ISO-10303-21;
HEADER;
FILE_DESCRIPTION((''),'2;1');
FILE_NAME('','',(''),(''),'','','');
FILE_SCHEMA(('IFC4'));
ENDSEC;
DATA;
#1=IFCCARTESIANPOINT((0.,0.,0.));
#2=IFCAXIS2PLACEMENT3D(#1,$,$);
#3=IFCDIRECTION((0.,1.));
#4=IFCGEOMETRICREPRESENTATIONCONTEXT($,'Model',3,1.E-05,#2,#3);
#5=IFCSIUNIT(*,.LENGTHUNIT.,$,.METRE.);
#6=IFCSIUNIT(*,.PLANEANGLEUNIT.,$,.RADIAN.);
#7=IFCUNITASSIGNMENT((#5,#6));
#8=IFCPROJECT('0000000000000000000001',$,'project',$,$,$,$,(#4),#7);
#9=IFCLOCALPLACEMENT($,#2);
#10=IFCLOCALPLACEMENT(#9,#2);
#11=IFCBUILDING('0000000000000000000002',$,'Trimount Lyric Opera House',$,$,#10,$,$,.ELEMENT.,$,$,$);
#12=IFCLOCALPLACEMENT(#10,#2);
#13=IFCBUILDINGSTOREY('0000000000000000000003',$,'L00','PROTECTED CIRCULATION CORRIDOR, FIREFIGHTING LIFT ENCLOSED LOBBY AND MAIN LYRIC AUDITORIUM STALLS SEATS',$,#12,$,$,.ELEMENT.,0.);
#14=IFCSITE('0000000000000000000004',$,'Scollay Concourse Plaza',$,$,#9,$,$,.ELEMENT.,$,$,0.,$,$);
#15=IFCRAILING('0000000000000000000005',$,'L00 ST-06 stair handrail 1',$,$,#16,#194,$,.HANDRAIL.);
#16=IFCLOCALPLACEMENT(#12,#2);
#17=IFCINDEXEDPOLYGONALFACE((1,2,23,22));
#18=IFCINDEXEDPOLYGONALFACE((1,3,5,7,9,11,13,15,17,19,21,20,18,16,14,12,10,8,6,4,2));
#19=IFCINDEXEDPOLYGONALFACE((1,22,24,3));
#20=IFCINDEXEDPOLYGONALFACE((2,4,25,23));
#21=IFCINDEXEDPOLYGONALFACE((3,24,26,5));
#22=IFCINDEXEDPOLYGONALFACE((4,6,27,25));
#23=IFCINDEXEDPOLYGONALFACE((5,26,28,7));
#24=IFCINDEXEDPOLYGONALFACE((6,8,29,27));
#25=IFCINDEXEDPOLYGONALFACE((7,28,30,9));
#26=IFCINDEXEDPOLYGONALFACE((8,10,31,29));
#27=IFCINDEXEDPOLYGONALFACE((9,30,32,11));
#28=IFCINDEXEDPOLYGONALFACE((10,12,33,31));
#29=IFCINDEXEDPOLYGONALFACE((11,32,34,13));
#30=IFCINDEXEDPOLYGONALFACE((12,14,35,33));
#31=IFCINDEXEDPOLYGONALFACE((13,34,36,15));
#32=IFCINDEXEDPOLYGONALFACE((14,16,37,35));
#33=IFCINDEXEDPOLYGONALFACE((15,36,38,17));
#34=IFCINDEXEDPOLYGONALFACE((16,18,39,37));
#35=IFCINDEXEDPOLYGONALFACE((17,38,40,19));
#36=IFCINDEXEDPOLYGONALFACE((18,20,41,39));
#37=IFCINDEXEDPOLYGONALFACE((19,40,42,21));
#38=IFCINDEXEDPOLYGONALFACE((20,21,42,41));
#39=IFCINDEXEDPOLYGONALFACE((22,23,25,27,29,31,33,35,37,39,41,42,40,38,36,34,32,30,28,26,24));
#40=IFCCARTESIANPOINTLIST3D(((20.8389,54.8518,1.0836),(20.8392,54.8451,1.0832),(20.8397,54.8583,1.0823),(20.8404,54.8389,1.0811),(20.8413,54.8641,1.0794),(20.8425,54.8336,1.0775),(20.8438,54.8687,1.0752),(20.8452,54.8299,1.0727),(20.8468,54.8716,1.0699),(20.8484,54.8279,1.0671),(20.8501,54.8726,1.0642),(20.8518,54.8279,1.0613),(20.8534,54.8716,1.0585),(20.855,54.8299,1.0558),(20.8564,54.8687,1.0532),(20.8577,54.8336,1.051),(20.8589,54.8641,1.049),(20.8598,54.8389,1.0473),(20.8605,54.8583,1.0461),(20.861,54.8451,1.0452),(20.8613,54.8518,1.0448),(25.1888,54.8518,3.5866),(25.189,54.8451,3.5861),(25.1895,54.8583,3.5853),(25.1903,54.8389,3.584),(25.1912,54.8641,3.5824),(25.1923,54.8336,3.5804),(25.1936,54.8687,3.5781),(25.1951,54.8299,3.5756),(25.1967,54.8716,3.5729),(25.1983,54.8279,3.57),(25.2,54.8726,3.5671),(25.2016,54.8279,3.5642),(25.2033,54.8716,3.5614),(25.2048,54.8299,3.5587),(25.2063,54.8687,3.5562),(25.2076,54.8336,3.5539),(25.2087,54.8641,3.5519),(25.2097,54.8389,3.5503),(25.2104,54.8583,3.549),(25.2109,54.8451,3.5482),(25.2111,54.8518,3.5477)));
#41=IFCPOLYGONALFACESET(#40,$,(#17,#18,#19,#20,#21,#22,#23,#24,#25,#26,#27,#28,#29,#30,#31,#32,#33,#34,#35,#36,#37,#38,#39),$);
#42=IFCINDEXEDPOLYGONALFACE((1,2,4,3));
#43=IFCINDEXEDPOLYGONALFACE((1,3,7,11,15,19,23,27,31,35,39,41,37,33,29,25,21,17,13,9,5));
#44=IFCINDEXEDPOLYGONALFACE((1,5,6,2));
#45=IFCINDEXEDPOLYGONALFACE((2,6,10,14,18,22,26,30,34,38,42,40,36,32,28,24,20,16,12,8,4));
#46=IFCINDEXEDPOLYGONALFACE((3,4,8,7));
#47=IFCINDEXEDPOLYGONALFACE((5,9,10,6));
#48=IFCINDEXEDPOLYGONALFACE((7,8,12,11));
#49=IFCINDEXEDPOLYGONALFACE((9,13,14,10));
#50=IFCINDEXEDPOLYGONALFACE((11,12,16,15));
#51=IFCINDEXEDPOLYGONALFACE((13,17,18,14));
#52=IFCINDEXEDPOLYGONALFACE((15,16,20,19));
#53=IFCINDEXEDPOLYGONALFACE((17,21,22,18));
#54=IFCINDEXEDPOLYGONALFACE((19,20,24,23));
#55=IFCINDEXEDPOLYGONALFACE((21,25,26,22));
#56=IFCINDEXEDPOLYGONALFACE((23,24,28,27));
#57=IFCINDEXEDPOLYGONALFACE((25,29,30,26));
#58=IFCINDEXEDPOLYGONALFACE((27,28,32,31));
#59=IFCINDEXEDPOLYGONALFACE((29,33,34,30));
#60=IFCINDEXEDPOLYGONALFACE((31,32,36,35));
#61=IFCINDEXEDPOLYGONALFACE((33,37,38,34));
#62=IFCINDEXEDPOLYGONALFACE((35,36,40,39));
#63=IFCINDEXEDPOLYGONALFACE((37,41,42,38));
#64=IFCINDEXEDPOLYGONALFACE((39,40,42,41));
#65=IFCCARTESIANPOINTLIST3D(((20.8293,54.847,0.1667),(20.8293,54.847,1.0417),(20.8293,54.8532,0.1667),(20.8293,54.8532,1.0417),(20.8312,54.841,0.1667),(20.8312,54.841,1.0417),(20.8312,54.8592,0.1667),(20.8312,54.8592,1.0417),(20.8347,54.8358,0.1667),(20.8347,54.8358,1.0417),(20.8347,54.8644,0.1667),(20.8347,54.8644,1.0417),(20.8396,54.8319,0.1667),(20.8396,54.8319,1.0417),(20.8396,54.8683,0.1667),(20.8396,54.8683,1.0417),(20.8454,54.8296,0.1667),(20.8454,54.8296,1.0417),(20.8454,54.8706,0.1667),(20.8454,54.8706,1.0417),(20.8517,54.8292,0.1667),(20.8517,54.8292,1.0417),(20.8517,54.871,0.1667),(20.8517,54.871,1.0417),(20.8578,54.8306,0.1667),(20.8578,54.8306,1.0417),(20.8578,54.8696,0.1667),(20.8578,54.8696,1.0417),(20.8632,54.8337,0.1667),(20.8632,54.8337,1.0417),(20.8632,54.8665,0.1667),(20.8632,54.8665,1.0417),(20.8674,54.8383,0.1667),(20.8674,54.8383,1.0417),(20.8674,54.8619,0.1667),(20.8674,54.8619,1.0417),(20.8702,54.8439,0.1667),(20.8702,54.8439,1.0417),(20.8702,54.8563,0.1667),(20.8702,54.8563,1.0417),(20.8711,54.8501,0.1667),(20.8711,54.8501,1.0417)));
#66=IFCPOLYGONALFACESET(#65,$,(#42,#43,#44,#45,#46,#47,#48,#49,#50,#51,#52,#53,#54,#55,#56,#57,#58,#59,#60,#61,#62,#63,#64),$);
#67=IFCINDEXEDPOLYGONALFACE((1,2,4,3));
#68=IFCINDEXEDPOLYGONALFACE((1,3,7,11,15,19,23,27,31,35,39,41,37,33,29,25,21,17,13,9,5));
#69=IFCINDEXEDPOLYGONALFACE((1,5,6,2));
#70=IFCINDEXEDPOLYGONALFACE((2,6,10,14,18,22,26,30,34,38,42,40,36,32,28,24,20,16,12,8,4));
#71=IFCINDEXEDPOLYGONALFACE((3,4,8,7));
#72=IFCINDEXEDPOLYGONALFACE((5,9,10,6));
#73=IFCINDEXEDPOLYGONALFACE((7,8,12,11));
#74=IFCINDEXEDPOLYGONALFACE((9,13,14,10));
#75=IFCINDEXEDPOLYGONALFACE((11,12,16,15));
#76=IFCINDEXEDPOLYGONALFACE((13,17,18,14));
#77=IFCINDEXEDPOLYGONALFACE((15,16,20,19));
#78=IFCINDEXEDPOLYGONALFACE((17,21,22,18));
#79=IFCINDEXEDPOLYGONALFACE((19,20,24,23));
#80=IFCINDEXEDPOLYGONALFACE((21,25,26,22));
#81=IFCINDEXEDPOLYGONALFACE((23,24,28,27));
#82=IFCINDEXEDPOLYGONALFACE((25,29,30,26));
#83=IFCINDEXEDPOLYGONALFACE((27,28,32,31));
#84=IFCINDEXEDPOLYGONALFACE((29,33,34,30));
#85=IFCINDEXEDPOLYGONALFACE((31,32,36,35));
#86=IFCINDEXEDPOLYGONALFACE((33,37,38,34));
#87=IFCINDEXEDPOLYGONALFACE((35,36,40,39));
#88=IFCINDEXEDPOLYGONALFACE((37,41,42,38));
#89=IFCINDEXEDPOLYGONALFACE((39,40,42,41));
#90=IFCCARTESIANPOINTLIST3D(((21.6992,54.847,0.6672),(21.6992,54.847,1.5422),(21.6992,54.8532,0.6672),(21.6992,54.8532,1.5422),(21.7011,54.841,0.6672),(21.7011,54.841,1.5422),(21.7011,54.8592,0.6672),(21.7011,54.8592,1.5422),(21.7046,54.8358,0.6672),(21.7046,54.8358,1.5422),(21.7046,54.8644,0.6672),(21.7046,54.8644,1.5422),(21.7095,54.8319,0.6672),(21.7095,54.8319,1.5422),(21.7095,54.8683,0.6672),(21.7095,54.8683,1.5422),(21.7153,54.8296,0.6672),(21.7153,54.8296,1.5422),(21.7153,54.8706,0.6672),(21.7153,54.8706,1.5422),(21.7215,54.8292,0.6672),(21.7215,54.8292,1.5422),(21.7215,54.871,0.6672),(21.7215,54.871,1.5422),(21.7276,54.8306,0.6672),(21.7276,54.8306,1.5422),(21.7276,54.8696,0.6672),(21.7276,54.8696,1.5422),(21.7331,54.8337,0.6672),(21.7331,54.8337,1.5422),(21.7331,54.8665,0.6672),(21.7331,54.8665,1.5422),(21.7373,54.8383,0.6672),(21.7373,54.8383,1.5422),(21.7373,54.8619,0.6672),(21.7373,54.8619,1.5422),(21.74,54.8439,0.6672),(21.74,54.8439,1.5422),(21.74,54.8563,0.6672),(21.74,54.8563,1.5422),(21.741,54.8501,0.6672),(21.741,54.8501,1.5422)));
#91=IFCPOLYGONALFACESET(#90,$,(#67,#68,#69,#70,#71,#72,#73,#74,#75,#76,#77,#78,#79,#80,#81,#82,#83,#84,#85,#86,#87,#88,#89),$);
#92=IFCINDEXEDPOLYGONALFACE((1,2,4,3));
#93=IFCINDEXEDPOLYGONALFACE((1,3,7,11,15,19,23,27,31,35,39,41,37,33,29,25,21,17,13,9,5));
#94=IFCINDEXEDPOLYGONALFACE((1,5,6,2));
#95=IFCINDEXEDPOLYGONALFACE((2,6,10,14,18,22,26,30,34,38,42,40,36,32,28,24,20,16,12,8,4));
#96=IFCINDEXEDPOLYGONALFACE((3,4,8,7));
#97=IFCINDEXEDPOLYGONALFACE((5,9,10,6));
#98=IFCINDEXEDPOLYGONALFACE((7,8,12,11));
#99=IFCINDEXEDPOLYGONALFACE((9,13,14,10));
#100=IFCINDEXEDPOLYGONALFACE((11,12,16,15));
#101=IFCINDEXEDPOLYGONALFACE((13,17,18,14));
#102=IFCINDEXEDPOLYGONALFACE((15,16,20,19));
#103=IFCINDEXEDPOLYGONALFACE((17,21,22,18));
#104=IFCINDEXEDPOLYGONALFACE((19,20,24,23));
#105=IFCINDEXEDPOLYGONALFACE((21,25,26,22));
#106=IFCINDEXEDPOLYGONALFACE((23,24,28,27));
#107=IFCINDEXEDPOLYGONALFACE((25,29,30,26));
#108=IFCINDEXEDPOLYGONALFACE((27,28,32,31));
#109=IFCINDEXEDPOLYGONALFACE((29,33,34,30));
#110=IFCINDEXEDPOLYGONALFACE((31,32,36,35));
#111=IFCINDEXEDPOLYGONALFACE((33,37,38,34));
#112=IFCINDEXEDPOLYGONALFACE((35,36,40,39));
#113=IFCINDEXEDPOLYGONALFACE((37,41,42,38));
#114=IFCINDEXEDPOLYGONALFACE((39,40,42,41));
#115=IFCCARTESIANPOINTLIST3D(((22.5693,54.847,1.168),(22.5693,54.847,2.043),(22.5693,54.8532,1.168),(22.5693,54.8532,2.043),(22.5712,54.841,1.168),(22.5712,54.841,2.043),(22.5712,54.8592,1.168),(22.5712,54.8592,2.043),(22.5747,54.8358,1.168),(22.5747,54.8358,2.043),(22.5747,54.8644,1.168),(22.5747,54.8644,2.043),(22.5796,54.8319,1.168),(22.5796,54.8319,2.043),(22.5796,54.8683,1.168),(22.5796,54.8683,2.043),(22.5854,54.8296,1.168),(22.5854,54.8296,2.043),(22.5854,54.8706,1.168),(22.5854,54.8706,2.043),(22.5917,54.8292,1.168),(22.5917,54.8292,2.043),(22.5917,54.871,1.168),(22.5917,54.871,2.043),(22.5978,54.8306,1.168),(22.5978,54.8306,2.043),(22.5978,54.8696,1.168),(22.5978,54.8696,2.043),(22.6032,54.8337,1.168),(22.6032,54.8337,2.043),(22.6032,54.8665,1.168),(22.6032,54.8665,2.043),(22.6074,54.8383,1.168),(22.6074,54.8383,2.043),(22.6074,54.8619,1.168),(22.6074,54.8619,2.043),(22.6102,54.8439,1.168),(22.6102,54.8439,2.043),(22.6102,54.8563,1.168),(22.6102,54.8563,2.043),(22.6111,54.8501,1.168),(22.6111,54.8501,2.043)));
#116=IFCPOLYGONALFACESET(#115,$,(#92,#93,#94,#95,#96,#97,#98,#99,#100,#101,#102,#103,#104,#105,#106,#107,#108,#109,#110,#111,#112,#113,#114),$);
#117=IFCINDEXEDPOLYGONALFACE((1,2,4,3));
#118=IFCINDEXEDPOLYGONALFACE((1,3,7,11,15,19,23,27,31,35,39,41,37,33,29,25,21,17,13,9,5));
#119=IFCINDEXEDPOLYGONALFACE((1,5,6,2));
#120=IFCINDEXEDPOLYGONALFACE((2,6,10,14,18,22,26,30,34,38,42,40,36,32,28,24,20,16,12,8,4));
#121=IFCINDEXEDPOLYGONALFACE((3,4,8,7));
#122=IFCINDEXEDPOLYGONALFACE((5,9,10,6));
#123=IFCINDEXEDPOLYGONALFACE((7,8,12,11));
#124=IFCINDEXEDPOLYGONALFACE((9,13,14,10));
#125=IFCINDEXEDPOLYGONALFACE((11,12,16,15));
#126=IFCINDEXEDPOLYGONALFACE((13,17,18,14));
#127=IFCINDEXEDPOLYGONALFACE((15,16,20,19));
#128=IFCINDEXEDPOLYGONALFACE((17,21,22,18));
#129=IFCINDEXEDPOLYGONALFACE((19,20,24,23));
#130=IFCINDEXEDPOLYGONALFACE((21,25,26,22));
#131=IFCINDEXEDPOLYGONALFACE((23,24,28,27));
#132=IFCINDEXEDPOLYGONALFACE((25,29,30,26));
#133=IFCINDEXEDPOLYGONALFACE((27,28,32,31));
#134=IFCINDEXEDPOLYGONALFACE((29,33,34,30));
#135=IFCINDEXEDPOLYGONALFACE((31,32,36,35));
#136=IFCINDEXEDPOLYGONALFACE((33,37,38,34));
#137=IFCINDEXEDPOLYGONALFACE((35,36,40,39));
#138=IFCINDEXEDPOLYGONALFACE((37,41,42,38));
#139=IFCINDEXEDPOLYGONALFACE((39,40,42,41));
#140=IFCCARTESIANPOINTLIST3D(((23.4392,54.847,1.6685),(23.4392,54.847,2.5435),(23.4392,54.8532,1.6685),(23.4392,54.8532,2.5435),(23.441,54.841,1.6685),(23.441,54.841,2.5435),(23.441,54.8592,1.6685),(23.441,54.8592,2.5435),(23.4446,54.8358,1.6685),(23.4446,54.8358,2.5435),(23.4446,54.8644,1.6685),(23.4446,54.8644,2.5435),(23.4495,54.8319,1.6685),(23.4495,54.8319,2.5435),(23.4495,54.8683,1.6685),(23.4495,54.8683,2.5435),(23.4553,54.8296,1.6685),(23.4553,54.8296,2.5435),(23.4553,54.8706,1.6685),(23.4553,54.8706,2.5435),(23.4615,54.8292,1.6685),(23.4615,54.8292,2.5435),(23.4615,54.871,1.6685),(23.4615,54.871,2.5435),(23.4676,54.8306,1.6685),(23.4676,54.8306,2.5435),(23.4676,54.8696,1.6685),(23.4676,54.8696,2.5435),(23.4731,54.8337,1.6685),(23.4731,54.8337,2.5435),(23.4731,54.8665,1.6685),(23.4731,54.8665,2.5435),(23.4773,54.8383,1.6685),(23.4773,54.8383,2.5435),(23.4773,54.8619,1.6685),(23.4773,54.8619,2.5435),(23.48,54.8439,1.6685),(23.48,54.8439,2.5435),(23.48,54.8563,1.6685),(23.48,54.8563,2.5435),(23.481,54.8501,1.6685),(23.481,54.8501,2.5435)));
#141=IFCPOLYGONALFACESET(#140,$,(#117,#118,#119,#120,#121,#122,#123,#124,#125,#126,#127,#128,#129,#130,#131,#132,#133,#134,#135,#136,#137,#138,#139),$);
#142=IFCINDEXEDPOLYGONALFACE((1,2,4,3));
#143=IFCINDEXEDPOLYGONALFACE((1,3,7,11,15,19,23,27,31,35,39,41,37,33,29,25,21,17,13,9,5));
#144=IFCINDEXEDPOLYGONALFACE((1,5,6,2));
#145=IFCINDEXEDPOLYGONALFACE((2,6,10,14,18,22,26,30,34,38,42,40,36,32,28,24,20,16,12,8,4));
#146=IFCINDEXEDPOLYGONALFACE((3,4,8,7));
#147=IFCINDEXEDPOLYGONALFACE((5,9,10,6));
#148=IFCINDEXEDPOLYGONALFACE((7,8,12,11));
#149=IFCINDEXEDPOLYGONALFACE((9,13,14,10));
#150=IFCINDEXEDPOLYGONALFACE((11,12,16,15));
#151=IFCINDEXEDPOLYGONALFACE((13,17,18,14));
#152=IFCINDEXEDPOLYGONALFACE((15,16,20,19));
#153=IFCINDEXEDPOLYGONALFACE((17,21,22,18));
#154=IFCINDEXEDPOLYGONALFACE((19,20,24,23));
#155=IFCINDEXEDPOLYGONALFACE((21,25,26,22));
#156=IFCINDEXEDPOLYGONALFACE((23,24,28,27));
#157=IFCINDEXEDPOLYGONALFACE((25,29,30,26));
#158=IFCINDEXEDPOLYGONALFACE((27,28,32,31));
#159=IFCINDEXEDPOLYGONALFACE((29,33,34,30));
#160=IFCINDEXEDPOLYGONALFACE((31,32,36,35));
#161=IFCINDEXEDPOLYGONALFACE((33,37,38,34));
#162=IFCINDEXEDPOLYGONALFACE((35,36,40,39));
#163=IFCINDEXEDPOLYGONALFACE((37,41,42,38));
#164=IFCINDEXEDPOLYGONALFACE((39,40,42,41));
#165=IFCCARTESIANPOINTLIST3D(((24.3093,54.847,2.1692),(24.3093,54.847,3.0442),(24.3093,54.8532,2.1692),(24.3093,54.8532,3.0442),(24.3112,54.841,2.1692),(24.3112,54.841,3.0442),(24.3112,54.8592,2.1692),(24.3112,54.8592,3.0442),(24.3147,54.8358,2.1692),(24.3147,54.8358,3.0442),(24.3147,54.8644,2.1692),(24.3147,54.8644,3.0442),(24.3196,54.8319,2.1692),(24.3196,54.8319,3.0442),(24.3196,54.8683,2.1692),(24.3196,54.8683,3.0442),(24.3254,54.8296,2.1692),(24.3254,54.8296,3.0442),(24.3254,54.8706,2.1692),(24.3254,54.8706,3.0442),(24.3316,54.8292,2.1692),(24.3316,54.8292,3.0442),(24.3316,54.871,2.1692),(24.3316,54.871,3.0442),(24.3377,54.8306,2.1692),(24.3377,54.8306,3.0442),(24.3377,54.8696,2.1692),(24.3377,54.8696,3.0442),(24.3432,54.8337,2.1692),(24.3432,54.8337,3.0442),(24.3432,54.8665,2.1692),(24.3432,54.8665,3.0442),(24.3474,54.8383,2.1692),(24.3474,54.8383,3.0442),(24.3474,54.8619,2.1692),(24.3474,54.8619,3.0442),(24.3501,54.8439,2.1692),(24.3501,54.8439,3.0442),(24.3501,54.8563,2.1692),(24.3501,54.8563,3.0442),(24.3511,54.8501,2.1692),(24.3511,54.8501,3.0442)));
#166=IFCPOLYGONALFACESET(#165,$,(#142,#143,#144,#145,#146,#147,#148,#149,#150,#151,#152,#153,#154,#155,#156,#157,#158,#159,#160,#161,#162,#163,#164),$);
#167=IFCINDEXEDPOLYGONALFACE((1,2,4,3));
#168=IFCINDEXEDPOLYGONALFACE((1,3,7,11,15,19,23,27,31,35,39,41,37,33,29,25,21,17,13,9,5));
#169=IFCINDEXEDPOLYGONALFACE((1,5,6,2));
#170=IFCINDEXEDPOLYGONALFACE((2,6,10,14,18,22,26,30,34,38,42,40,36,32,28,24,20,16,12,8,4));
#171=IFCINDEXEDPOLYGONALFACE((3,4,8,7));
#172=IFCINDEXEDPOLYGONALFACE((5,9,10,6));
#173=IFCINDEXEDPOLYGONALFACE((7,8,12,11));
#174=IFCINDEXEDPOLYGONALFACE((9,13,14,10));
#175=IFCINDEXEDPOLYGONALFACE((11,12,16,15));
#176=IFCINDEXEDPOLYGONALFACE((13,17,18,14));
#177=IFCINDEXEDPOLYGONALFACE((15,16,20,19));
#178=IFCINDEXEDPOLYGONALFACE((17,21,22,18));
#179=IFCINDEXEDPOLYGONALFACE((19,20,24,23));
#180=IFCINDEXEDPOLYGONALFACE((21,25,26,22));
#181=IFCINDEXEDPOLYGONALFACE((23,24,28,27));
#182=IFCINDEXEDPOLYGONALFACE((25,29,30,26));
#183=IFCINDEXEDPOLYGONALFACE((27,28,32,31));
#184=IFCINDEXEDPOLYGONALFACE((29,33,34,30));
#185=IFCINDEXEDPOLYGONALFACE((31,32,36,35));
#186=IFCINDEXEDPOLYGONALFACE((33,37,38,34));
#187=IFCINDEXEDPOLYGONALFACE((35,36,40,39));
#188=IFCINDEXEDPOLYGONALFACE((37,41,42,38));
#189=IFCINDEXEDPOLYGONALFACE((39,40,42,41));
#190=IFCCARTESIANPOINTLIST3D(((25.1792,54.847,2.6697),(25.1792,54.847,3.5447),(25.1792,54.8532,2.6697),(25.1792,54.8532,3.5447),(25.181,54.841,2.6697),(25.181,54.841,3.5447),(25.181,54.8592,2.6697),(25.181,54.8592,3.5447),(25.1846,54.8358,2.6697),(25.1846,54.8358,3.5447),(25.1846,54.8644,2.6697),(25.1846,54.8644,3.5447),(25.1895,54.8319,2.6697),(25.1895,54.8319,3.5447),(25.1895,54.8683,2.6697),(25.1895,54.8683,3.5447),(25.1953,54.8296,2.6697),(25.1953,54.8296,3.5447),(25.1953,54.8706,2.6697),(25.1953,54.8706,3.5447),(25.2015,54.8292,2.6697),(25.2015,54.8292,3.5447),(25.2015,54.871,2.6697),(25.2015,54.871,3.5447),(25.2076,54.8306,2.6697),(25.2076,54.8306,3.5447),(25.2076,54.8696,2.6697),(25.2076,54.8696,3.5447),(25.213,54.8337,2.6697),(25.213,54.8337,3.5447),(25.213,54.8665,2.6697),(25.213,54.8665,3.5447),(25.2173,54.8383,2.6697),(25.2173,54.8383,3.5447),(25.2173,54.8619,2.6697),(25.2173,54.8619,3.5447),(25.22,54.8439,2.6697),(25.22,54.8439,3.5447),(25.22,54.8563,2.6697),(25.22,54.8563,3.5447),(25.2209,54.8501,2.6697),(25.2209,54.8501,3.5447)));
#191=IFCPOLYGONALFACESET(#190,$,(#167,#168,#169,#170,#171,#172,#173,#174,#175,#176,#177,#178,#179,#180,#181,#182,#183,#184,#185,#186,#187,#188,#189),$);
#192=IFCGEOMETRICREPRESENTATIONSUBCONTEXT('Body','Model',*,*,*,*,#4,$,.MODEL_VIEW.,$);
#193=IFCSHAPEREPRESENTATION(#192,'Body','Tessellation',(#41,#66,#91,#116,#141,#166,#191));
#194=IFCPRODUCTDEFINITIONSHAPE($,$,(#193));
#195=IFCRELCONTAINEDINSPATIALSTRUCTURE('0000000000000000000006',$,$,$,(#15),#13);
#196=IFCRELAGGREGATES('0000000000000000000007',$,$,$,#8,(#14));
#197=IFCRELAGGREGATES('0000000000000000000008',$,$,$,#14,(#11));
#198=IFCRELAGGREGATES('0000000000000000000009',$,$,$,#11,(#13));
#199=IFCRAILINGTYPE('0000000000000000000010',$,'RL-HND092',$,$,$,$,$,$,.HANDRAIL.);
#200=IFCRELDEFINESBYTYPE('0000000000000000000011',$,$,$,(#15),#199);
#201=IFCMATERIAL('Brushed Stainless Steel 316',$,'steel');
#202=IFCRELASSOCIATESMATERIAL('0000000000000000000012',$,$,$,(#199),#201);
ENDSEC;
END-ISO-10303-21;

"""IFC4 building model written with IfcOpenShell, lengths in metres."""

from ifc_helpers import new_model, si_unit, direction, frame, origin, origin_2d, place, context, subcontext, project, spatial, circle, extrude, material, type_object, element, save


model = new_model("IFC4")

# Units and contexts
model_context = context("Model", 3, precision=1e-05, world=origin(), true_north=direction((0.0, 1.0)))
body_context = subcontext(model_context, "Body", "Model", "MODEL_VIEW")
ifc_project = project(units=[si_unit("LENGTHUNIT", "METRE"), si_unit("PLANEANGLEUNIT", "RADIAN")], contexts=[model_context])

# Site, building, storey
site_placement = place(None, origin())
site = spatial("IfcSite", under=ifc_project, at=site_placement, Name="Scollay Concourse Plaza", CompositionType="ELEMENT", RefElevation=0.0)
building_placement = place(site_placement, origin())
building = spatial("IfcBuilding", under=site, at=building_placement, Name="Trimount Lyric Opera House", CompositionType="ELEMENT")
storey_placement = place(building_placement, origin())
storey = spatial("IfcBuildingStorey", under=building, at=storey_placement, Name="L00", Description="PROTECTED CIRCULATION CORRIDOR, FIREFIGHTING LIFT ENCLOSED LOBBY AND MAIN LYRIC AUDITORIUM STALLS SEATS", CompositionType="ELEMENT", Elevation=0.0)

# Railing
ifc_material_1 = material(Name="Brushed Stainless Steel 316", Category="steel")
railing_type_1 = type_object("IfcRailingType", Name="RL-HND092", PredefinedType="HANDRAIL", material=ifc_material_1)
railing_1_placement = place(storey_placement, frame((20.8501, 54.8501, 0.1667)))
element("IfcRailing", 1, at=railing_1_placement, inside=storey, type_object=railing_type_1, Name="L00 ST-06 stair handrail 1", PredefinedType="HANDRAIL", context=body_context, shape_type="SweptSolid", body=[
    extrude(circle(Radius=0.0225, at=origin_2d()), frame((0.0, 0.0, 0.8975), z_axis=(0.866754, 0.0, 0.498735), x_axis=(0.0, 1.0, 0.0)), (0.0, 0.0, 1.0), 5.0186),
    extrude(circle(Radius=0.021, at=origin_2d()), origin(), (0.0, 0.0, 1.0), 0.875),
    extrude(circle(Radius=0.021, at=origin_2d()), frame((0.8699, 0.0, 0.5005)), (0.0, 0.0, 1.0), 0.875),
    extrude(circle(Radius=0.021, at=origin_2d()), frame((1.74, 0.0, 1.0012)), (0.0, 0.0, 1.0), 0.875),
    extrude(circle(Radius=0.021, at=origin_2d()), frame((2.6099, 0.0, 1.5017)), (0.0, 0.0, 1.0), 0.875),
    extrude(circle(Radius=0.021, at=origin_2d()), frame((3.48, 0.0, 2.0024)), (0.0, 0.0, 1.0), 0.875),
    extrude(circle(Radius=0.021, at=origin_2d()), frame((4.3499, 0.0, 2.5029)), (0.0, 0.0, 1.0), 0.875),
])

save(model, "model.ifc")
